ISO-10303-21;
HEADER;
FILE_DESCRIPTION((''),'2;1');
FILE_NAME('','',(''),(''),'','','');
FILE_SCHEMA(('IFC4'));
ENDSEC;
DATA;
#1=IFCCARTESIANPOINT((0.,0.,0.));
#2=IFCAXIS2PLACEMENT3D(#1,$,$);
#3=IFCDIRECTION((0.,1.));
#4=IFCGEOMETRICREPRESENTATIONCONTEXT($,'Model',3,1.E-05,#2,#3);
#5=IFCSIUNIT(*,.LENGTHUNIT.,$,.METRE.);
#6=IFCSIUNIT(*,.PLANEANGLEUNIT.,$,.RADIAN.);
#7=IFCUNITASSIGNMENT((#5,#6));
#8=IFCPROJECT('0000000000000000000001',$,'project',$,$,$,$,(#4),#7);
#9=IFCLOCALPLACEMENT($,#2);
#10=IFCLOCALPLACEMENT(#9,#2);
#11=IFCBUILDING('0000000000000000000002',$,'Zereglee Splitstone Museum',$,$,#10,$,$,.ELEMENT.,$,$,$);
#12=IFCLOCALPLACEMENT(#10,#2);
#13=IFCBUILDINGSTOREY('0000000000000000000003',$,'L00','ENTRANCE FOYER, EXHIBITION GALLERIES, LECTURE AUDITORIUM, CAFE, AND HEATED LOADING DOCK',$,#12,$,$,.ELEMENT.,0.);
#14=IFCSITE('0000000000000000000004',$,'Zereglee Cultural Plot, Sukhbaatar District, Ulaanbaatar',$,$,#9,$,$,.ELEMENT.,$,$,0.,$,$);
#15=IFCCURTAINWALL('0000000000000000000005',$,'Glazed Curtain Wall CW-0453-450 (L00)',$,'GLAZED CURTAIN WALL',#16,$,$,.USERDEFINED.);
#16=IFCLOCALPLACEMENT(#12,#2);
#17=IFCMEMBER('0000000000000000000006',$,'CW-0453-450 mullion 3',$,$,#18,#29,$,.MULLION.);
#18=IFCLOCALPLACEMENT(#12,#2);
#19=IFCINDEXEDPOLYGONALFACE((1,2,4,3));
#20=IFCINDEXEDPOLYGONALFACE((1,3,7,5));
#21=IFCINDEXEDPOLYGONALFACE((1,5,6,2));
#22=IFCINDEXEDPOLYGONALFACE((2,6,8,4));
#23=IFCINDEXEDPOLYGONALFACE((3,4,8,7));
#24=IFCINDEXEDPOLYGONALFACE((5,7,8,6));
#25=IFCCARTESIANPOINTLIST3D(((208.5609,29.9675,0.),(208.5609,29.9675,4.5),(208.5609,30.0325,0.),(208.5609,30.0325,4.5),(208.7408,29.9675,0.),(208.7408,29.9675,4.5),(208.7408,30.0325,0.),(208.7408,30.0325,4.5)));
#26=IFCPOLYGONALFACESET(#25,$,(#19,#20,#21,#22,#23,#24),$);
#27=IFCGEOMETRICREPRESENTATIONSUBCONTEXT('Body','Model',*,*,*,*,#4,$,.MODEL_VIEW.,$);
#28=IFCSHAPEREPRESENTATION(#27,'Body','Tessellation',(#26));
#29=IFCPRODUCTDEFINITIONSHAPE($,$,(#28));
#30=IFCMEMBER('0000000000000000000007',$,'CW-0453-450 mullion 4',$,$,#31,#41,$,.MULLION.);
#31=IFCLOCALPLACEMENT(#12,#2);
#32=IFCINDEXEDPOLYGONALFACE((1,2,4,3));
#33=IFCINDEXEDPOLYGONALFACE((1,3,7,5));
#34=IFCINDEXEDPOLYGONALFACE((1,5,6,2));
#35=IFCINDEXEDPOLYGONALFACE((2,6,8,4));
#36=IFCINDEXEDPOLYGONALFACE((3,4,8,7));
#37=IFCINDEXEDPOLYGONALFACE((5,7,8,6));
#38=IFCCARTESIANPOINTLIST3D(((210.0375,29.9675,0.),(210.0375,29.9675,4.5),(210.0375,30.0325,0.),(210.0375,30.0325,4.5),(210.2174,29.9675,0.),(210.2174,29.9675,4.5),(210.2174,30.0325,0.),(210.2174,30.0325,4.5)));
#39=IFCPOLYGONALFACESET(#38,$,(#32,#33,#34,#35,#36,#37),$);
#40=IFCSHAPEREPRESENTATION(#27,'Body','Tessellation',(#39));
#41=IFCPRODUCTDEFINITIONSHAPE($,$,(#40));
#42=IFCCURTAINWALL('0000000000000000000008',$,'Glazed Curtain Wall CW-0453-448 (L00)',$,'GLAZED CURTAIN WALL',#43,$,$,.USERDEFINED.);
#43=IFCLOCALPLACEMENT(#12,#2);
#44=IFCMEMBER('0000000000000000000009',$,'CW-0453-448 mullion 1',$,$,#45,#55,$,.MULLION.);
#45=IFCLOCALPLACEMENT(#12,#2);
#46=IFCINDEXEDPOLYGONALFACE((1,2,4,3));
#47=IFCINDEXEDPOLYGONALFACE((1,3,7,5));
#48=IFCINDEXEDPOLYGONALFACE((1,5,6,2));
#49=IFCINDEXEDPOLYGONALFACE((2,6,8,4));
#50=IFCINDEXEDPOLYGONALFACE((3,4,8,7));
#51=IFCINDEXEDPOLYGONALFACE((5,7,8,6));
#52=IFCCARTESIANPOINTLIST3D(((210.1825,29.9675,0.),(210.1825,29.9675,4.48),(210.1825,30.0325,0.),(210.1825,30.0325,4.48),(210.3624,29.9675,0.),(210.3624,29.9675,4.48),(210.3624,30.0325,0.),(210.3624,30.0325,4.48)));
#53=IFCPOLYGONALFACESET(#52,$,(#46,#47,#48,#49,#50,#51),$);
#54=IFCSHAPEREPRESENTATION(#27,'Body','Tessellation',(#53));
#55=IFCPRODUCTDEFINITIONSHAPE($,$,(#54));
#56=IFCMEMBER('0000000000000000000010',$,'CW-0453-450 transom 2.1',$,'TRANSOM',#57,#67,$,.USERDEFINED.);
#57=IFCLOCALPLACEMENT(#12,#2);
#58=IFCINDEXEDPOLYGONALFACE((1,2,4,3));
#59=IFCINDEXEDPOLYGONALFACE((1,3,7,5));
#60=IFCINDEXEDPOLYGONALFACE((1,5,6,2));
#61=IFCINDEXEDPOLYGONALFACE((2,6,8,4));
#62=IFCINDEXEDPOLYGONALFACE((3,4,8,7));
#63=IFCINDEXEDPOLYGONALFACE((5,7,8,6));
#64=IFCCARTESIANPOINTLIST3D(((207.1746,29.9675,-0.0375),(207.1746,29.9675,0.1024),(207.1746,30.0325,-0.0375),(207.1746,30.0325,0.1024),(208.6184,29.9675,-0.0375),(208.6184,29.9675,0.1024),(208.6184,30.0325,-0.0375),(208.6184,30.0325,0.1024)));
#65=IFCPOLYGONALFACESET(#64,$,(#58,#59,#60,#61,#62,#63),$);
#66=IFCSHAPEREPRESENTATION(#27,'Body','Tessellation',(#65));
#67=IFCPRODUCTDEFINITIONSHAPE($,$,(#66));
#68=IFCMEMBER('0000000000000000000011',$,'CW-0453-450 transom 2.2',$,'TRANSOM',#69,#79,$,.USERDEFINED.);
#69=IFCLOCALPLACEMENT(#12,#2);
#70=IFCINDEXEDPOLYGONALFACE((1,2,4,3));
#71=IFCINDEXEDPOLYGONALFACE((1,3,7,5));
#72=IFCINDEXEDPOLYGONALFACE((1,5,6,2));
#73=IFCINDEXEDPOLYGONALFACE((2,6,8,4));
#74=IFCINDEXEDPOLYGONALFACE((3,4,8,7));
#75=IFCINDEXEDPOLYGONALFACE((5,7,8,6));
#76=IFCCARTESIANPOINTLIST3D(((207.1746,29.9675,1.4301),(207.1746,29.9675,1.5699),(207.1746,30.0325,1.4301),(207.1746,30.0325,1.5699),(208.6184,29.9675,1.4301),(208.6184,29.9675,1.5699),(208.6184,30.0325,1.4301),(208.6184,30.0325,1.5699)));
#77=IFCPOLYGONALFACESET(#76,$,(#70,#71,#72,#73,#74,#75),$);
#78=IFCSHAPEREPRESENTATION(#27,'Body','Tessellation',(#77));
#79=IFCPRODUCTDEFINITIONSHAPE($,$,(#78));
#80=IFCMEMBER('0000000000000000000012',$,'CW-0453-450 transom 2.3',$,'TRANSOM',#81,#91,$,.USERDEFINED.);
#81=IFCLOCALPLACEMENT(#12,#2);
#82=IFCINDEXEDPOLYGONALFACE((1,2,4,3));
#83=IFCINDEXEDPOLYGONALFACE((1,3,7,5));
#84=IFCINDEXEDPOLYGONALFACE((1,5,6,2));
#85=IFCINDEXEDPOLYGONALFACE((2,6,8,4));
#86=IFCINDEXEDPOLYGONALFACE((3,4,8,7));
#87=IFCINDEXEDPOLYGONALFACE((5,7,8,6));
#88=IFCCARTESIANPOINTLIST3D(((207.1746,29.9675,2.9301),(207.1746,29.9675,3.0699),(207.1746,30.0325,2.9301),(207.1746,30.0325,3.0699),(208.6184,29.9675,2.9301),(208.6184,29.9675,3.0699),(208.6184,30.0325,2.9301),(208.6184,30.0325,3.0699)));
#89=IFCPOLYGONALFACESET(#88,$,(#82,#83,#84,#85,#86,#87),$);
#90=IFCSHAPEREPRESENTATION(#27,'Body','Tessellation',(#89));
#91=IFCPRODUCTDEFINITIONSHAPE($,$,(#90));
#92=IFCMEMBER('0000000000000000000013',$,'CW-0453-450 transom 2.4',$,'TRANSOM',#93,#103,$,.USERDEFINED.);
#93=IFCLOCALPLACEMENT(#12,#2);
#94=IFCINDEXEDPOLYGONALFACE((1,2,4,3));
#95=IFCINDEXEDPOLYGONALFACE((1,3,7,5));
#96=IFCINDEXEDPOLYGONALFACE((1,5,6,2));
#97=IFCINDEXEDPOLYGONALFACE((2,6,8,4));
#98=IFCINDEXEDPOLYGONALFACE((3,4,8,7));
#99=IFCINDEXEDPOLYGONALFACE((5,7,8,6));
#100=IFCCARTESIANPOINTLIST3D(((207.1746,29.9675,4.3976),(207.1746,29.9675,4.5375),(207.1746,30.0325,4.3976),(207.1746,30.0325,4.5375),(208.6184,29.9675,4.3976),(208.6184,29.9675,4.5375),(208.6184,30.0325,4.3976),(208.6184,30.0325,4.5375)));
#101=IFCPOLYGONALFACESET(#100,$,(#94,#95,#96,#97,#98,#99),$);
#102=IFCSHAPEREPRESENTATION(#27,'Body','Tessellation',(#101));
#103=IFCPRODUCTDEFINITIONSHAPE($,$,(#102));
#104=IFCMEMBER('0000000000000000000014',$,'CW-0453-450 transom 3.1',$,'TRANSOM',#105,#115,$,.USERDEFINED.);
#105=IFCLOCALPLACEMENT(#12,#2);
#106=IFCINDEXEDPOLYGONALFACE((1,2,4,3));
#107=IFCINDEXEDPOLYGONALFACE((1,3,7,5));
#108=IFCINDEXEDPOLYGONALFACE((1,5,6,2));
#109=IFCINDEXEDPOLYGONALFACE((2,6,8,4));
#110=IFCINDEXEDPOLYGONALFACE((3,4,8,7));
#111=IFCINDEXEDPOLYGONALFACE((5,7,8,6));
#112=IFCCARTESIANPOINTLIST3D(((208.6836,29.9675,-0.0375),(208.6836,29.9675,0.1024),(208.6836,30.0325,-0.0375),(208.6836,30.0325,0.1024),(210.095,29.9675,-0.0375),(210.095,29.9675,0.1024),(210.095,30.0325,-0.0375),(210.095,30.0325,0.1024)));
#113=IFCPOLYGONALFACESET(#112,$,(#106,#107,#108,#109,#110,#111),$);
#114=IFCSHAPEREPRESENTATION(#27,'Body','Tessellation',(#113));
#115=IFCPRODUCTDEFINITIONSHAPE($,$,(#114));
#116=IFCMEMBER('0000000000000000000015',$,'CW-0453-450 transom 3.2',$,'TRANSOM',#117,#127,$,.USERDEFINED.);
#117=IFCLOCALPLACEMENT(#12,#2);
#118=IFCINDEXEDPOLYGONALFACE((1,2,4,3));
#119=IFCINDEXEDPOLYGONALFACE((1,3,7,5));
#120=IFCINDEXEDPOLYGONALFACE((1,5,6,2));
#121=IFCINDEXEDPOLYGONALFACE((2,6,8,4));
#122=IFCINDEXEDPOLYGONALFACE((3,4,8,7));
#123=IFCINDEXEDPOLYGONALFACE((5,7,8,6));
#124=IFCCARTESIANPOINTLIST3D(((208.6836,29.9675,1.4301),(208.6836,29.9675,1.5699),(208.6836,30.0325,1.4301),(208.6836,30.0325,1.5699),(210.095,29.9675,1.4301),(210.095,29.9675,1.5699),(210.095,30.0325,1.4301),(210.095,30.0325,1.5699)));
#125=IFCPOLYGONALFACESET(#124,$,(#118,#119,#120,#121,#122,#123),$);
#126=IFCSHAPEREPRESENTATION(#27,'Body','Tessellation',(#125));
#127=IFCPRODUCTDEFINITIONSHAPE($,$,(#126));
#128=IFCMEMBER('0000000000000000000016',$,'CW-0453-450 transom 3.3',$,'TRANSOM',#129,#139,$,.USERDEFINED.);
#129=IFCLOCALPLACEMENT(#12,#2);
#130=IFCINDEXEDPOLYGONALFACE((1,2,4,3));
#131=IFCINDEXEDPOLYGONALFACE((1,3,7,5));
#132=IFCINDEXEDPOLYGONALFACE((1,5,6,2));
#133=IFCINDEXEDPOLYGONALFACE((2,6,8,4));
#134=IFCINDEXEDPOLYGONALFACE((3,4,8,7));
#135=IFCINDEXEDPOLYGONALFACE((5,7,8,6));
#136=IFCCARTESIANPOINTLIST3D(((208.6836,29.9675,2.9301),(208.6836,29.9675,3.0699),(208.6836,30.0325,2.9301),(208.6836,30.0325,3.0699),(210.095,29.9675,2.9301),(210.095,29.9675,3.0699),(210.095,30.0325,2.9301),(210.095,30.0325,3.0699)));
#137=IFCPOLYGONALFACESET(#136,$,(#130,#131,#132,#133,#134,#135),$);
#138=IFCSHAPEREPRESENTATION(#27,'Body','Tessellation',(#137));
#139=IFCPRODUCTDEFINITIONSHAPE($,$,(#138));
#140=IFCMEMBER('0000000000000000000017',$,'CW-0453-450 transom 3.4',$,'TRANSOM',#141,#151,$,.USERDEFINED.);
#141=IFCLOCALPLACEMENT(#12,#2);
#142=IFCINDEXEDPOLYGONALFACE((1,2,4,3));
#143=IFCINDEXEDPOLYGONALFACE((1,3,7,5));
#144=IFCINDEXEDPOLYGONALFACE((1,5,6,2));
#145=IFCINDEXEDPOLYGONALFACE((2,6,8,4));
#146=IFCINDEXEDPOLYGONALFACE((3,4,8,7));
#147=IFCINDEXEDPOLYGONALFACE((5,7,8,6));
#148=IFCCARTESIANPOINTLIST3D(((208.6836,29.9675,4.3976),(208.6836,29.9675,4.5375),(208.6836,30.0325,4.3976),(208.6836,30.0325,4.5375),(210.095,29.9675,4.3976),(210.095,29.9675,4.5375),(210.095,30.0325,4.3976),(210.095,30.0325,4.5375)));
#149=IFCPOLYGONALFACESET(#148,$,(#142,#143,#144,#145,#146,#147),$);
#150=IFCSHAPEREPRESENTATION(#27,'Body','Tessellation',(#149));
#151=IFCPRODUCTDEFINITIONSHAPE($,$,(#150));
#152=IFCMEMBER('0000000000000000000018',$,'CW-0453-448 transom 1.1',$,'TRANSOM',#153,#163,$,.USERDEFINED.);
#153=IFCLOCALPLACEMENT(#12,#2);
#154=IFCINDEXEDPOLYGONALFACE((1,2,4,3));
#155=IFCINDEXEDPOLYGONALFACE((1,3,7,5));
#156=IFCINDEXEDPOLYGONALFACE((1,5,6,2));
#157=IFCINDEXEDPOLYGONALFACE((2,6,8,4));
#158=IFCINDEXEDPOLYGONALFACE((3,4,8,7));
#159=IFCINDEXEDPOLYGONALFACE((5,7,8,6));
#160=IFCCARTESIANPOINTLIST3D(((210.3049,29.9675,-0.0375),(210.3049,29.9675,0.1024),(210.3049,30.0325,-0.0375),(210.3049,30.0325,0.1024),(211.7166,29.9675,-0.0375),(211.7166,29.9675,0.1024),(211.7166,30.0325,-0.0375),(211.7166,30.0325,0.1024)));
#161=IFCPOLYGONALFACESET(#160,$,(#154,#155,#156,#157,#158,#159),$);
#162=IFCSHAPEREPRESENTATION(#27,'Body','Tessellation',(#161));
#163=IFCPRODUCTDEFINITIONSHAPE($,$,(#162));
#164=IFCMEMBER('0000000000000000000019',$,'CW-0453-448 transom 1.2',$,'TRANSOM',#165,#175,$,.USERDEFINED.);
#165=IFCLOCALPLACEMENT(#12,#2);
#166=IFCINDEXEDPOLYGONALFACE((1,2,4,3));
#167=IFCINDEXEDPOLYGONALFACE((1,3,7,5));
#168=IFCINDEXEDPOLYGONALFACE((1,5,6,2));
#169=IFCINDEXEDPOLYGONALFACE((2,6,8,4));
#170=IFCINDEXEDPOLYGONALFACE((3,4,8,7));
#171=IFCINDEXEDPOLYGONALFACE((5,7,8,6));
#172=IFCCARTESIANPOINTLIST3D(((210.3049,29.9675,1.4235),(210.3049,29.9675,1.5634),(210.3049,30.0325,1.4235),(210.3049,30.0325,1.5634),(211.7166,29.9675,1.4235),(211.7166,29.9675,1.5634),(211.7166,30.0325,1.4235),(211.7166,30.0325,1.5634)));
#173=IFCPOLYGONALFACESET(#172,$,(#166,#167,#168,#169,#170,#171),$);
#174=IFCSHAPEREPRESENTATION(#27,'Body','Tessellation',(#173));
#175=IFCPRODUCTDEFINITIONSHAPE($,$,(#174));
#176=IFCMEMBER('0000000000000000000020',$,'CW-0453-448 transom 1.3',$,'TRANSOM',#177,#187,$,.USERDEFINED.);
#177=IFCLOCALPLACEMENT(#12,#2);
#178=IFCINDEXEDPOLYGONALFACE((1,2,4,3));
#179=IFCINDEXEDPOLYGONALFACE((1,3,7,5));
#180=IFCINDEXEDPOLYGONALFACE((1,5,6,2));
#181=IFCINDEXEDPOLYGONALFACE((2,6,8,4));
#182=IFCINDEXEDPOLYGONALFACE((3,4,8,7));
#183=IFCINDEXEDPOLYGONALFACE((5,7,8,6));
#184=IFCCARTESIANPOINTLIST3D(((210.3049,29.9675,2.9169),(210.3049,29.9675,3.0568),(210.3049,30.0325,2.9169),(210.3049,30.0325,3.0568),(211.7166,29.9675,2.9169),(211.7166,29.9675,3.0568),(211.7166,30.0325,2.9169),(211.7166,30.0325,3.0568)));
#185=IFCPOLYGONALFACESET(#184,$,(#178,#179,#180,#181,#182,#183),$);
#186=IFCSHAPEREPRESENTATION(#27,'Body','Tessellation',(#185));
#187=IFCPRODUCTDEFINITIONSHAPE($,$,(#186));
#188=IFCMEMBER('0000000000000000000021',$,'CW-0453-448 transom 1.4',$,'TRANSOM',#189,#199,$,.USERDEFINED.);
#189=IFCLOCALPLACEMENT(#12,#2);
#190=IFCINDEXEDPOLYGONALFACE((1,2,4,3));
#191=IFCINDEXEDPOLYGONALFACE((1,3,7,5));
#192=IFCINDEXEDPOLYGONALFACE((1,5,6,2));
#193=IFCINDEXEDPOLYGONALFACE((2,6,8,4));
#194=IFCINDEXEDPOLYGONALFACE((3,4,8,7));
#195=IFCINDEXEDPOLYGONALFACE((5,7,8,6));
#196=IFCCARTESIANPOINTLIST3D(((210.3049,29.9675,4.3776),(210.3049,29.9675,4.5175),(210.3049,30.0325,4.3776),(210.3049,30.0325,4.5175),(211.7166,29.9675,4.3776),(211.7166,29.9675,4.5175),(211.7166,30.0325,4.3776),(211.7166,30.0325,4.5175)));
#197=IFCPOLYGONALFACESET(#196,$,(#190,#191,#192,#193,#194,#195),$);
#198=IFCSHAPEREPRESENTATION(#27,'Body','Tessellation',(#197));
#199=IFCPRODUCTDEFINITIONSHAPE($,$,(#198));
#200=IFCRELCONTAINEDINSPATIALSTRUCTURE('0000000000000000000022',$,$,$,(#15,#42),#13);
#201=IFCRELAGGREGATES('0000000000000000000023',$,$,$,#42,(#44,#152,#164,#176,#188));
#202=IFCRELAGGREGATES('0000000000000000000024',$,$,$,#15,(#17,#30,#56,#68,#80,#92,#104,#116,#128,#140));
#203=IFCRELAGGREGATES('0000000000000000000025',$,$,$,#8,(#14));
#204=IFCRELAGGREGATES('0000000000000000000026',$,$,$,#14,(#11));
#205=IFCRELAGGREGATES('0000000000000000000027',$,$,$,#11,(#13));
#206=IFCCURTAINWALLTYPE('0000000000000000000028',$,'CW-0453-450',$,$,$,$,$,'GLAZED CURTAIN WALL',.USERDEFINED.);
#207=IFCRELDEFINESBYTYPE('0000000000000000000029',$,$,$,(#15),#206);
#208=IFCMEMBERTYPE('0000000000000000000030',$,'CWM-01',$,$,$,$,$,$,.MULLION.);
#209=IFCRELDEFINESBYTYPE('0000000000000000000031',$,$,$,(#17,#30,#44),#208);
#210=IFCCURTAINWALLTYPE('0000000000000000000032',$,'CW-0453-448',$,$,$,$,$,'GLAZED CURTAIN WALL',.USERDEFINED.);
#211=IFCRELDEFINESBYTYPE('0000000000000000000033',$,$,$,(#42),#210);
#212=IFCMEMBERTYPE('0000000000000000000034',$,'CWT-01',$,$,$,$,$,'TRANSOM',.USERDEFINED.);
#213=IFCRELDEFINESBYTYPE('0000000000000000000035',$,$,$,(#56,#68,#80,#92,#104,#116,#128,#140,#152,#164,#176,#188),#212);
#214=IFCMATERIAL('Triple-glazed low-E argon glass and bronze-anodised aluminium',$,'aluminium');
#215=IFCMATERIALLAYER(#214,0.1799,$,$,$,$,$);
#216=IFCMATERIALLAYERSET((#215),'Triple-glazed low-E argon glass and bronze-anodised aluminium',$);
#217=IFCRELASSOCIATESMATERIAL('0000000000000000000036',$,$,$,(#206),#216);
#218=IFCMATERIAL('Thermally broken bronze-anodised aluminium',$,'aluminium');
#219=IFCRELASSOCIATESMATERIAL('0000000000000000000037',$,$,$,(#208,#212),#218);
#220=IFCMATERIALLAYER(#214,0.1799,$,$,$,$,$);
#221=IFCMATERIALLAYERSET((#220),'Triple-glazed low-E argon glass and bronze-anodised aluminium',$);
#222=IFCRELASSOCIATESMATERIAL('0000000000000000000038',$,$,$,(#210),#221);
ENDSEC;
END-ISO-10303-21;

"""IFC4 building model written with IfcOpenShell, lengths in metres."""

from ifc_helpers import new_model, si_unit, direction, frame, origin, origin_2d, place, context, subcontext, project, spatial, rectangle, extrude, material, layer, layer_set, material_profile, profile_set, type_object, element, aggregate, save


model = new_model("IFC4")

# Units and contexts
model_context = context("Model", 3, precision=1e-05, world=origin(), true_north=direction((0.0, 1.0)))
body_context = subcontext(model_context, "Body", "Model", "MODEL_VIEW")
ifc_project = project(units=[si_unit("LENGTHUNIT", "METRE"), si_unit("PLANEANGLEUNIT", "RADIAN")], contexts=[model_context])

# Site, building, storey
site_placement = place(None, origin())
site = spatial("IfcSite", under=ifc_project, at=site_placement, Name="Zereglee Cultural Plot, Sukhbaatar District, Ulaanbaatar", CompositionType="ELEMENT", RefElevation=0.0)
building_placement = place(site_placement, origin())
building = spatial("IfcBuilding", under=site, at=building_placement, Name="Zereglee Splitstone Museum", CompositionType="ELEMENT")
storey_placement = place(building_placement, origin())
storey = spatial("IfcBuildingStorey", under=building, at=storey_placement, Name="L00", Description="ENTRANCE FOYER, EXHIBITION GALLERIES, LECTURE AUDITORIUM, CAFE, AND HEATED LOADING DOCK", CompositionType="ELEMENT", Elevation=0.0)

# Curtain wall, members
ifc_material_1 = material(Name="Triple-glazed low-E argon glass and bronze-anodised aluminium", Category="aluminium")
ifc_layer_1 = layer(ifc_material_1, 0.1799)
ifc_layer_set_1 = layer_set([ifc_layer_1], Name="Triple-glazed low-E argon glass and bronze-anodised aluminium")
curtain_wall_type_1 = type_object("IfcCurtainWallType", Name="CW-0453-450", ElementType="GLAZED CURTAIN WALL", PredefinedType="USERDEFINED", material=ifc_layer_set_1)
curtain_wall_1_placement = place(storey_placement, origin())
curtain_wall_1 = element("IfcCurtainWall", 1, at=curtain_wall_1_placement, inside=storey, type_object=curtain_wall_type_1, Name="Glazed Curtain Wall CW-0453-450 (L00)", ObjectType="GLAZED CURTAIN WALL", PredefinedType="USERDEFINED")
ifc_material_2 = material(Name="Thermally broken bronze-anodised aluminium", Category="aluminium")
ifc_material_profile_1 = material_profile(ifc_material_2, rectangle(XDim=0.0649, YDim=0.1799, at=origin_2d()), Name="CW MULL 65x180")
ifc_profile_set_1 = profile_set([ifc_material_profile_1], Name="Thermally broken bronze-anodised aluminium")
member_type_1 = type_object("IfcMemberType", Name="CWM-01", PredefinedType="MULLION", material=ifc_profile_set_1)
member_1_placement = place(storey_placement, frame((208.6509, 30.0, 0.0), z_axis=(0.0, 0.0, 1.0), x_axis=(0.0, 1.0, 0.0)))
member_1 = element("IfcMember", 2, at=member_1_placement, type_object=member_type_1, Name="CW-0453-450 mullion 3", PredefinedType="MULLION", context=body_context, shape_type="SweptSolid", body=[
    extrude(rectangle(XDim=0.0649, YDim=0.1799, at=origin_2d()), origin(), (0.0, 0.0, 1.0), 4.5),
])
member_2_placement = place(storey_placement, frame((210.1274, 30.0, 0.0), z_axis=(0.0, 0.0, 1.0), x_axis=(0.0, 1.0, 0.0)))
member_2 = element("IfcMember", 3, at=member_2_placement, type_object=member_type_1, Name="CW-0453-450 mullion 4", PredefinedType="MULLION", context=body_context, shape_type="SweptSolid", body=[
    extrude(rectangle(XDim=0.0649, YDim=0.1799, at=origin_2d()), origin(), (0.0, 0.0, 1.0), 4.5),
])

# Curtain wall, member
ifc_layer_2 = layer(ifc_material_1, 0.1799)
ifc_layer_set_2 = layer_set([ifc_layer_2], Name="Triple-glazed low-E argon glass and bronze-anodised aluminium")
curtain_wall_type_2 = type_object("IfcCurtainWallType", Name="CW-0453-448", ElementType="GLAZED CURTAIN WALL", PredefinedType="USERDEFINED", material=ifc_layer_set_2)
curtain_wall_2_placement = place(storey_placement, origin())
curtain_wall_2 = element("IfcCurtainWall", 4, at=curtain_wall_2_placement, inside=storey, type_object=curtain_wall_type_2, Name="Glazed Curtain Wall CW-0453-448 (L00)", ObjectType="GLAZED CURTAIN WALL", PredefinedType="USERDEFINED")
member_3_placement = place(storey_placement, frame((210.2725, 30.0, 0.0), z_axis=(0.0, 0.0, 1.0), x_axis=(0.0, 1.0, 0.0)))
member_3 = element("IfcMember", 5, at=member_3_placement, type_object=member_type_1, Name="CW-0453-448 mullion 1", PredefinedType="MULLION", context=body_context, shape_type="SweptSolid", body=[
    extrude(rectangle(XDim=0.0649, YDim=0.1799, at=origin_2d()), origin(), (0.0, 0.0, 1.0), 4.48),
])

# Members
ifc_material_profile_2 = material_profile(ifc_material_2, rectangle(XDim=0.0649, YDim=0.1399, at=origin_2d()), Name="CW TRAN 65x140")
ifc_profile_set_2 = profile_set([ifc_material_profile_2], Name="Thermally broken bronze-anodised aluminium")
member_type_2 = type_object("IfcMemberType", Name="CWT-01", ElementType="TRANSOM", PredefinedType="USERDEFINED", material=ifc_profile_set_2)
member_4_placement = place(storey_placement, frame((207.1746, 30.0, 0.0325), z_axis=(1.0, 0.0, 0.0), x_axis=(0.0, 1.0, 0.0)))
member_4 = element("IfcMember", 6, at=member_4_placement, type_object=member_type_2, Name="CW-0453-450 transom 2.1", ObjectType="TRANSOM", PredefinedType="USERDEFINED", context=body_context, shape_type="SweptSolid", body=[
    extrude(rectangle(XDim=0.0649, YDim=0.1399, at=origin_2d()), origin(), (0.0, 0.0, 1.0), 1.4438),
])
member_5_placement = place(storey_placement, frame((207.1746, 30.0, 1.5), z_axis=(1.0, 0.0, 0.0), x_axis=(0.0, 1.0, 0.0)))
member_5 = element("IfcMember", 7, at=member_5_placement, type_object=member_type_2, Name="CW-0453-450 transom 2.2", ObjectType="TRANSOM", PredefinedType="USERDEFINED", context=body_context, shape_type="SweptSolid", body=[
    extrude(rectangle(XDim=0.0649, YDim=0.1399, at=origin_2d()), origin(), (0.0, 0.0, 1.0), 1.4438),
])
member_6_placement = place(storey_placement, frame((207.1746, 30.0, 3.0), z_axis=(1.0, 0.0, 0.0), x_axis=(0.0, 1.0, 0.0)))
member_6 = element("IfcMember", 8, at=member_6_placement, type_object=member_type_2, Name="CW-0453-450 transom 2.3", ObjectType="TRANSOM", PredefinedType="USERDEFINED", context=body_context, shape_type="SweptSolid", body=[
    extrude(rectangle(XDim=0.0649, YDim=0.1399, at=origin_2d()), origin(), (0.0, 0.0, 1.0), 1.4438),
])
member_7_placement = place(storey_placement, frame((207.1746, 30.0, 4.4675), z_axis=(1.0, 0.0, 0.0), x_axis=(0.0, 1.0, 0.0)))
member_7 = element("IfcMember", 9, at=member_7_placement, type_object=member_type_2, Name="CW-0453-450 transom 2.4", ObjectType="TRANSOM", PredefinedType="USERDEFINED", context=body_context, shape_type="SweptSolid", body=[
    extrude(rectangle(XDim=0.0649, YDim=0.1399, at=origin_2d()), origin(), (0.0, 0.0, 1.0), 1.4438),
])
member_8_placement = place(storey_placement, frame((208.6836, 30.0, 0.0325), z_axis=(1.0, 0.0, 0.0), x_axis=(0.0, 1.0, 0.0)))
member_8 = element("IfcMember", 10, at=member_8_placement, type_object=member_type_2, Name="CW-0453-450 transom 3.1", ObjectType="TRANSOM", PredefinedType="USERDEFINED", context=body_context, shape_type="SweptSolid", body=[
    extrude(rectangle(XDim=0.0649, YDim=0.1399, at=origin_2d()), origin(), (0.0, 0.0, 1.0), 1.4114),
])
member_9_placement = place(storey_placement, frame((208.6836, 30.0, 1.5), z_axis=(1.0, 0.0, 0.0), x_axis=(0.0, 1.0, 0.0)))
member_9 = element("IfcMember", 11, at=member_9_placement, type_object=member_type_2, Name="CW-0453-450 transom 3.2", ObjectType="TRANSOM", PredefinedType="USERDEFINED", context=body_context, shape_type="SweptSolid", body=[
    extrude(rectangle(XDim=0.0649, YDim=0.1399, at=origin_2d()), origin(), (0.0, 0.0, 1.0), 1.4114),
])
member_10_placement = place(storey_placement, frame((208.6836, 30.0, 3.0), z_axis=(1.0, 0.0, 0.0), x_axis=(0.0, 1.0, 0.0)))
member_10 = element("IfcMember", 12, at=member_10_placement, type_object=member_type_2, Name="CW-0453-450 transom 3.3", ObjectType="TRANSOM", PredefinedType="USERDEFINED", context=body_context, shape_type="SweptSolid", body=[
    extrude(rectangle(XDim=0.0649, YDim=0.1399, at=origin_2d()), origin(), (0.0, 0.0, 1.0), 1.4114),
])
member_11_placement = place(storey_placement, frame((208.6836, 30.0, 4.4675), z_axis=(1.0, 0.0, 0.0), x_axis=(0.0, 1.0, 0.0)))
member_11 = element("IfcMember", 13, at=member_11_placement, type_object=member_type_2, Name="CW-0453-450 transom 3.4", ObjectType="TRANSOM", PredefinedType="USERDEFINED", context=body_context, shape_type="SweptSolid", body=[
    extrude(rectangle(XDim=0.0649, YDim=0.1399, at=origin_2d()), origin(), (0.0, 0.0, 1.0), 1.4114),
])
member_12_placement = place(storey_placement, frame((210.3049, 30.0, 0.0325), z_axis=(1.0, 0.0, 0.0), x_axis=(0.0, 1.0, 0.0)))
member_12 = element("IfcMember", 14, at=member_12_placement, type_object=member_type_2, Name="CW-0453-448 transom 1.1", ObjectType="TRANSOM", PredefinedType="USERDEFINED", context=body_context, shape_type="SweptSolid", body=[
    extrude(rectangle(XDim=0.0649, YDim=0.1399, at=origin_2d()), origin(), (0.0, 0.0, 1.0), 1.4116),
])
member_13_placement = place(storey_placement, frame((210.3049, 30.0, 1.4934), z_axis=(1.0, 0.0, 0.0), x_axis=(0.0, 1.0, 0.0)))
member_13 = element("IfcMember", 15, at=member_13_placement, type_object=member_type_2, Name="CW-0453-448 transom 1.2", ObjectType="TRANSOM", PredefinedType="USERDEFINED", context=body_context, shape_type="SweptSolid", body=[
    extrude(rectangle(XDim=0.0649, YDim=0.1399, at=origin_2d()), origin(), (0.0, 0.0, 1.0), 1.4116),
])
member_14_placement = place(storey_placement, frame((210.3049, 30.0, 2.9868), z_axis=(1.0, 0.0, 0.0), x_axis=(0.0, 1.0, 0.0)))
member_14 = element("IfcMember", 16, at=member_14_placement, type_object=member_type_2, Name="CW-0453-448 transom 1.3", ObjectType="TRANSOM", PredefinedType="USERDEFINED", context=body_context, shape_type="SweptSolid", body=[
    extrude(rectangle(XDim=0.0649, YDim=0.1399, at=origin_2d()), origin(), (0.0, 0.0, 1.0), 1.4116),
])
member_15_placement = place(storey_placement, frame((210.3049, 30.0, 4.4475), z_axis=(1.0, 0.0, 0.0), x_axis=(0.0, 1.0, 0.0)))
member_15 = element("IfcMember", 17, at=member_15_placement, type_object=member_type_2, Name="CW-0453-448 transom 1.4", ObjectType="TRANSOM", PredefinedType="USERDEFINED", context=body_context, shape_type="SweptSolid", body=[
    extrude(rectangle(XDim=0.0649, YDim=0.1399, at=origin_2d()), origin(), (0.0, 0.0, 1.0), 1.4116),
])
aggregate(curtain_wall_2, [member_3, member_12, member_13, member_14, member_15])

aggregate(curtain_wall_1, [member_1, member_2, member_4, member_5, member_6, member_7, member_8, member_9, member_10, member_11])

save(model, "model.ifc")
